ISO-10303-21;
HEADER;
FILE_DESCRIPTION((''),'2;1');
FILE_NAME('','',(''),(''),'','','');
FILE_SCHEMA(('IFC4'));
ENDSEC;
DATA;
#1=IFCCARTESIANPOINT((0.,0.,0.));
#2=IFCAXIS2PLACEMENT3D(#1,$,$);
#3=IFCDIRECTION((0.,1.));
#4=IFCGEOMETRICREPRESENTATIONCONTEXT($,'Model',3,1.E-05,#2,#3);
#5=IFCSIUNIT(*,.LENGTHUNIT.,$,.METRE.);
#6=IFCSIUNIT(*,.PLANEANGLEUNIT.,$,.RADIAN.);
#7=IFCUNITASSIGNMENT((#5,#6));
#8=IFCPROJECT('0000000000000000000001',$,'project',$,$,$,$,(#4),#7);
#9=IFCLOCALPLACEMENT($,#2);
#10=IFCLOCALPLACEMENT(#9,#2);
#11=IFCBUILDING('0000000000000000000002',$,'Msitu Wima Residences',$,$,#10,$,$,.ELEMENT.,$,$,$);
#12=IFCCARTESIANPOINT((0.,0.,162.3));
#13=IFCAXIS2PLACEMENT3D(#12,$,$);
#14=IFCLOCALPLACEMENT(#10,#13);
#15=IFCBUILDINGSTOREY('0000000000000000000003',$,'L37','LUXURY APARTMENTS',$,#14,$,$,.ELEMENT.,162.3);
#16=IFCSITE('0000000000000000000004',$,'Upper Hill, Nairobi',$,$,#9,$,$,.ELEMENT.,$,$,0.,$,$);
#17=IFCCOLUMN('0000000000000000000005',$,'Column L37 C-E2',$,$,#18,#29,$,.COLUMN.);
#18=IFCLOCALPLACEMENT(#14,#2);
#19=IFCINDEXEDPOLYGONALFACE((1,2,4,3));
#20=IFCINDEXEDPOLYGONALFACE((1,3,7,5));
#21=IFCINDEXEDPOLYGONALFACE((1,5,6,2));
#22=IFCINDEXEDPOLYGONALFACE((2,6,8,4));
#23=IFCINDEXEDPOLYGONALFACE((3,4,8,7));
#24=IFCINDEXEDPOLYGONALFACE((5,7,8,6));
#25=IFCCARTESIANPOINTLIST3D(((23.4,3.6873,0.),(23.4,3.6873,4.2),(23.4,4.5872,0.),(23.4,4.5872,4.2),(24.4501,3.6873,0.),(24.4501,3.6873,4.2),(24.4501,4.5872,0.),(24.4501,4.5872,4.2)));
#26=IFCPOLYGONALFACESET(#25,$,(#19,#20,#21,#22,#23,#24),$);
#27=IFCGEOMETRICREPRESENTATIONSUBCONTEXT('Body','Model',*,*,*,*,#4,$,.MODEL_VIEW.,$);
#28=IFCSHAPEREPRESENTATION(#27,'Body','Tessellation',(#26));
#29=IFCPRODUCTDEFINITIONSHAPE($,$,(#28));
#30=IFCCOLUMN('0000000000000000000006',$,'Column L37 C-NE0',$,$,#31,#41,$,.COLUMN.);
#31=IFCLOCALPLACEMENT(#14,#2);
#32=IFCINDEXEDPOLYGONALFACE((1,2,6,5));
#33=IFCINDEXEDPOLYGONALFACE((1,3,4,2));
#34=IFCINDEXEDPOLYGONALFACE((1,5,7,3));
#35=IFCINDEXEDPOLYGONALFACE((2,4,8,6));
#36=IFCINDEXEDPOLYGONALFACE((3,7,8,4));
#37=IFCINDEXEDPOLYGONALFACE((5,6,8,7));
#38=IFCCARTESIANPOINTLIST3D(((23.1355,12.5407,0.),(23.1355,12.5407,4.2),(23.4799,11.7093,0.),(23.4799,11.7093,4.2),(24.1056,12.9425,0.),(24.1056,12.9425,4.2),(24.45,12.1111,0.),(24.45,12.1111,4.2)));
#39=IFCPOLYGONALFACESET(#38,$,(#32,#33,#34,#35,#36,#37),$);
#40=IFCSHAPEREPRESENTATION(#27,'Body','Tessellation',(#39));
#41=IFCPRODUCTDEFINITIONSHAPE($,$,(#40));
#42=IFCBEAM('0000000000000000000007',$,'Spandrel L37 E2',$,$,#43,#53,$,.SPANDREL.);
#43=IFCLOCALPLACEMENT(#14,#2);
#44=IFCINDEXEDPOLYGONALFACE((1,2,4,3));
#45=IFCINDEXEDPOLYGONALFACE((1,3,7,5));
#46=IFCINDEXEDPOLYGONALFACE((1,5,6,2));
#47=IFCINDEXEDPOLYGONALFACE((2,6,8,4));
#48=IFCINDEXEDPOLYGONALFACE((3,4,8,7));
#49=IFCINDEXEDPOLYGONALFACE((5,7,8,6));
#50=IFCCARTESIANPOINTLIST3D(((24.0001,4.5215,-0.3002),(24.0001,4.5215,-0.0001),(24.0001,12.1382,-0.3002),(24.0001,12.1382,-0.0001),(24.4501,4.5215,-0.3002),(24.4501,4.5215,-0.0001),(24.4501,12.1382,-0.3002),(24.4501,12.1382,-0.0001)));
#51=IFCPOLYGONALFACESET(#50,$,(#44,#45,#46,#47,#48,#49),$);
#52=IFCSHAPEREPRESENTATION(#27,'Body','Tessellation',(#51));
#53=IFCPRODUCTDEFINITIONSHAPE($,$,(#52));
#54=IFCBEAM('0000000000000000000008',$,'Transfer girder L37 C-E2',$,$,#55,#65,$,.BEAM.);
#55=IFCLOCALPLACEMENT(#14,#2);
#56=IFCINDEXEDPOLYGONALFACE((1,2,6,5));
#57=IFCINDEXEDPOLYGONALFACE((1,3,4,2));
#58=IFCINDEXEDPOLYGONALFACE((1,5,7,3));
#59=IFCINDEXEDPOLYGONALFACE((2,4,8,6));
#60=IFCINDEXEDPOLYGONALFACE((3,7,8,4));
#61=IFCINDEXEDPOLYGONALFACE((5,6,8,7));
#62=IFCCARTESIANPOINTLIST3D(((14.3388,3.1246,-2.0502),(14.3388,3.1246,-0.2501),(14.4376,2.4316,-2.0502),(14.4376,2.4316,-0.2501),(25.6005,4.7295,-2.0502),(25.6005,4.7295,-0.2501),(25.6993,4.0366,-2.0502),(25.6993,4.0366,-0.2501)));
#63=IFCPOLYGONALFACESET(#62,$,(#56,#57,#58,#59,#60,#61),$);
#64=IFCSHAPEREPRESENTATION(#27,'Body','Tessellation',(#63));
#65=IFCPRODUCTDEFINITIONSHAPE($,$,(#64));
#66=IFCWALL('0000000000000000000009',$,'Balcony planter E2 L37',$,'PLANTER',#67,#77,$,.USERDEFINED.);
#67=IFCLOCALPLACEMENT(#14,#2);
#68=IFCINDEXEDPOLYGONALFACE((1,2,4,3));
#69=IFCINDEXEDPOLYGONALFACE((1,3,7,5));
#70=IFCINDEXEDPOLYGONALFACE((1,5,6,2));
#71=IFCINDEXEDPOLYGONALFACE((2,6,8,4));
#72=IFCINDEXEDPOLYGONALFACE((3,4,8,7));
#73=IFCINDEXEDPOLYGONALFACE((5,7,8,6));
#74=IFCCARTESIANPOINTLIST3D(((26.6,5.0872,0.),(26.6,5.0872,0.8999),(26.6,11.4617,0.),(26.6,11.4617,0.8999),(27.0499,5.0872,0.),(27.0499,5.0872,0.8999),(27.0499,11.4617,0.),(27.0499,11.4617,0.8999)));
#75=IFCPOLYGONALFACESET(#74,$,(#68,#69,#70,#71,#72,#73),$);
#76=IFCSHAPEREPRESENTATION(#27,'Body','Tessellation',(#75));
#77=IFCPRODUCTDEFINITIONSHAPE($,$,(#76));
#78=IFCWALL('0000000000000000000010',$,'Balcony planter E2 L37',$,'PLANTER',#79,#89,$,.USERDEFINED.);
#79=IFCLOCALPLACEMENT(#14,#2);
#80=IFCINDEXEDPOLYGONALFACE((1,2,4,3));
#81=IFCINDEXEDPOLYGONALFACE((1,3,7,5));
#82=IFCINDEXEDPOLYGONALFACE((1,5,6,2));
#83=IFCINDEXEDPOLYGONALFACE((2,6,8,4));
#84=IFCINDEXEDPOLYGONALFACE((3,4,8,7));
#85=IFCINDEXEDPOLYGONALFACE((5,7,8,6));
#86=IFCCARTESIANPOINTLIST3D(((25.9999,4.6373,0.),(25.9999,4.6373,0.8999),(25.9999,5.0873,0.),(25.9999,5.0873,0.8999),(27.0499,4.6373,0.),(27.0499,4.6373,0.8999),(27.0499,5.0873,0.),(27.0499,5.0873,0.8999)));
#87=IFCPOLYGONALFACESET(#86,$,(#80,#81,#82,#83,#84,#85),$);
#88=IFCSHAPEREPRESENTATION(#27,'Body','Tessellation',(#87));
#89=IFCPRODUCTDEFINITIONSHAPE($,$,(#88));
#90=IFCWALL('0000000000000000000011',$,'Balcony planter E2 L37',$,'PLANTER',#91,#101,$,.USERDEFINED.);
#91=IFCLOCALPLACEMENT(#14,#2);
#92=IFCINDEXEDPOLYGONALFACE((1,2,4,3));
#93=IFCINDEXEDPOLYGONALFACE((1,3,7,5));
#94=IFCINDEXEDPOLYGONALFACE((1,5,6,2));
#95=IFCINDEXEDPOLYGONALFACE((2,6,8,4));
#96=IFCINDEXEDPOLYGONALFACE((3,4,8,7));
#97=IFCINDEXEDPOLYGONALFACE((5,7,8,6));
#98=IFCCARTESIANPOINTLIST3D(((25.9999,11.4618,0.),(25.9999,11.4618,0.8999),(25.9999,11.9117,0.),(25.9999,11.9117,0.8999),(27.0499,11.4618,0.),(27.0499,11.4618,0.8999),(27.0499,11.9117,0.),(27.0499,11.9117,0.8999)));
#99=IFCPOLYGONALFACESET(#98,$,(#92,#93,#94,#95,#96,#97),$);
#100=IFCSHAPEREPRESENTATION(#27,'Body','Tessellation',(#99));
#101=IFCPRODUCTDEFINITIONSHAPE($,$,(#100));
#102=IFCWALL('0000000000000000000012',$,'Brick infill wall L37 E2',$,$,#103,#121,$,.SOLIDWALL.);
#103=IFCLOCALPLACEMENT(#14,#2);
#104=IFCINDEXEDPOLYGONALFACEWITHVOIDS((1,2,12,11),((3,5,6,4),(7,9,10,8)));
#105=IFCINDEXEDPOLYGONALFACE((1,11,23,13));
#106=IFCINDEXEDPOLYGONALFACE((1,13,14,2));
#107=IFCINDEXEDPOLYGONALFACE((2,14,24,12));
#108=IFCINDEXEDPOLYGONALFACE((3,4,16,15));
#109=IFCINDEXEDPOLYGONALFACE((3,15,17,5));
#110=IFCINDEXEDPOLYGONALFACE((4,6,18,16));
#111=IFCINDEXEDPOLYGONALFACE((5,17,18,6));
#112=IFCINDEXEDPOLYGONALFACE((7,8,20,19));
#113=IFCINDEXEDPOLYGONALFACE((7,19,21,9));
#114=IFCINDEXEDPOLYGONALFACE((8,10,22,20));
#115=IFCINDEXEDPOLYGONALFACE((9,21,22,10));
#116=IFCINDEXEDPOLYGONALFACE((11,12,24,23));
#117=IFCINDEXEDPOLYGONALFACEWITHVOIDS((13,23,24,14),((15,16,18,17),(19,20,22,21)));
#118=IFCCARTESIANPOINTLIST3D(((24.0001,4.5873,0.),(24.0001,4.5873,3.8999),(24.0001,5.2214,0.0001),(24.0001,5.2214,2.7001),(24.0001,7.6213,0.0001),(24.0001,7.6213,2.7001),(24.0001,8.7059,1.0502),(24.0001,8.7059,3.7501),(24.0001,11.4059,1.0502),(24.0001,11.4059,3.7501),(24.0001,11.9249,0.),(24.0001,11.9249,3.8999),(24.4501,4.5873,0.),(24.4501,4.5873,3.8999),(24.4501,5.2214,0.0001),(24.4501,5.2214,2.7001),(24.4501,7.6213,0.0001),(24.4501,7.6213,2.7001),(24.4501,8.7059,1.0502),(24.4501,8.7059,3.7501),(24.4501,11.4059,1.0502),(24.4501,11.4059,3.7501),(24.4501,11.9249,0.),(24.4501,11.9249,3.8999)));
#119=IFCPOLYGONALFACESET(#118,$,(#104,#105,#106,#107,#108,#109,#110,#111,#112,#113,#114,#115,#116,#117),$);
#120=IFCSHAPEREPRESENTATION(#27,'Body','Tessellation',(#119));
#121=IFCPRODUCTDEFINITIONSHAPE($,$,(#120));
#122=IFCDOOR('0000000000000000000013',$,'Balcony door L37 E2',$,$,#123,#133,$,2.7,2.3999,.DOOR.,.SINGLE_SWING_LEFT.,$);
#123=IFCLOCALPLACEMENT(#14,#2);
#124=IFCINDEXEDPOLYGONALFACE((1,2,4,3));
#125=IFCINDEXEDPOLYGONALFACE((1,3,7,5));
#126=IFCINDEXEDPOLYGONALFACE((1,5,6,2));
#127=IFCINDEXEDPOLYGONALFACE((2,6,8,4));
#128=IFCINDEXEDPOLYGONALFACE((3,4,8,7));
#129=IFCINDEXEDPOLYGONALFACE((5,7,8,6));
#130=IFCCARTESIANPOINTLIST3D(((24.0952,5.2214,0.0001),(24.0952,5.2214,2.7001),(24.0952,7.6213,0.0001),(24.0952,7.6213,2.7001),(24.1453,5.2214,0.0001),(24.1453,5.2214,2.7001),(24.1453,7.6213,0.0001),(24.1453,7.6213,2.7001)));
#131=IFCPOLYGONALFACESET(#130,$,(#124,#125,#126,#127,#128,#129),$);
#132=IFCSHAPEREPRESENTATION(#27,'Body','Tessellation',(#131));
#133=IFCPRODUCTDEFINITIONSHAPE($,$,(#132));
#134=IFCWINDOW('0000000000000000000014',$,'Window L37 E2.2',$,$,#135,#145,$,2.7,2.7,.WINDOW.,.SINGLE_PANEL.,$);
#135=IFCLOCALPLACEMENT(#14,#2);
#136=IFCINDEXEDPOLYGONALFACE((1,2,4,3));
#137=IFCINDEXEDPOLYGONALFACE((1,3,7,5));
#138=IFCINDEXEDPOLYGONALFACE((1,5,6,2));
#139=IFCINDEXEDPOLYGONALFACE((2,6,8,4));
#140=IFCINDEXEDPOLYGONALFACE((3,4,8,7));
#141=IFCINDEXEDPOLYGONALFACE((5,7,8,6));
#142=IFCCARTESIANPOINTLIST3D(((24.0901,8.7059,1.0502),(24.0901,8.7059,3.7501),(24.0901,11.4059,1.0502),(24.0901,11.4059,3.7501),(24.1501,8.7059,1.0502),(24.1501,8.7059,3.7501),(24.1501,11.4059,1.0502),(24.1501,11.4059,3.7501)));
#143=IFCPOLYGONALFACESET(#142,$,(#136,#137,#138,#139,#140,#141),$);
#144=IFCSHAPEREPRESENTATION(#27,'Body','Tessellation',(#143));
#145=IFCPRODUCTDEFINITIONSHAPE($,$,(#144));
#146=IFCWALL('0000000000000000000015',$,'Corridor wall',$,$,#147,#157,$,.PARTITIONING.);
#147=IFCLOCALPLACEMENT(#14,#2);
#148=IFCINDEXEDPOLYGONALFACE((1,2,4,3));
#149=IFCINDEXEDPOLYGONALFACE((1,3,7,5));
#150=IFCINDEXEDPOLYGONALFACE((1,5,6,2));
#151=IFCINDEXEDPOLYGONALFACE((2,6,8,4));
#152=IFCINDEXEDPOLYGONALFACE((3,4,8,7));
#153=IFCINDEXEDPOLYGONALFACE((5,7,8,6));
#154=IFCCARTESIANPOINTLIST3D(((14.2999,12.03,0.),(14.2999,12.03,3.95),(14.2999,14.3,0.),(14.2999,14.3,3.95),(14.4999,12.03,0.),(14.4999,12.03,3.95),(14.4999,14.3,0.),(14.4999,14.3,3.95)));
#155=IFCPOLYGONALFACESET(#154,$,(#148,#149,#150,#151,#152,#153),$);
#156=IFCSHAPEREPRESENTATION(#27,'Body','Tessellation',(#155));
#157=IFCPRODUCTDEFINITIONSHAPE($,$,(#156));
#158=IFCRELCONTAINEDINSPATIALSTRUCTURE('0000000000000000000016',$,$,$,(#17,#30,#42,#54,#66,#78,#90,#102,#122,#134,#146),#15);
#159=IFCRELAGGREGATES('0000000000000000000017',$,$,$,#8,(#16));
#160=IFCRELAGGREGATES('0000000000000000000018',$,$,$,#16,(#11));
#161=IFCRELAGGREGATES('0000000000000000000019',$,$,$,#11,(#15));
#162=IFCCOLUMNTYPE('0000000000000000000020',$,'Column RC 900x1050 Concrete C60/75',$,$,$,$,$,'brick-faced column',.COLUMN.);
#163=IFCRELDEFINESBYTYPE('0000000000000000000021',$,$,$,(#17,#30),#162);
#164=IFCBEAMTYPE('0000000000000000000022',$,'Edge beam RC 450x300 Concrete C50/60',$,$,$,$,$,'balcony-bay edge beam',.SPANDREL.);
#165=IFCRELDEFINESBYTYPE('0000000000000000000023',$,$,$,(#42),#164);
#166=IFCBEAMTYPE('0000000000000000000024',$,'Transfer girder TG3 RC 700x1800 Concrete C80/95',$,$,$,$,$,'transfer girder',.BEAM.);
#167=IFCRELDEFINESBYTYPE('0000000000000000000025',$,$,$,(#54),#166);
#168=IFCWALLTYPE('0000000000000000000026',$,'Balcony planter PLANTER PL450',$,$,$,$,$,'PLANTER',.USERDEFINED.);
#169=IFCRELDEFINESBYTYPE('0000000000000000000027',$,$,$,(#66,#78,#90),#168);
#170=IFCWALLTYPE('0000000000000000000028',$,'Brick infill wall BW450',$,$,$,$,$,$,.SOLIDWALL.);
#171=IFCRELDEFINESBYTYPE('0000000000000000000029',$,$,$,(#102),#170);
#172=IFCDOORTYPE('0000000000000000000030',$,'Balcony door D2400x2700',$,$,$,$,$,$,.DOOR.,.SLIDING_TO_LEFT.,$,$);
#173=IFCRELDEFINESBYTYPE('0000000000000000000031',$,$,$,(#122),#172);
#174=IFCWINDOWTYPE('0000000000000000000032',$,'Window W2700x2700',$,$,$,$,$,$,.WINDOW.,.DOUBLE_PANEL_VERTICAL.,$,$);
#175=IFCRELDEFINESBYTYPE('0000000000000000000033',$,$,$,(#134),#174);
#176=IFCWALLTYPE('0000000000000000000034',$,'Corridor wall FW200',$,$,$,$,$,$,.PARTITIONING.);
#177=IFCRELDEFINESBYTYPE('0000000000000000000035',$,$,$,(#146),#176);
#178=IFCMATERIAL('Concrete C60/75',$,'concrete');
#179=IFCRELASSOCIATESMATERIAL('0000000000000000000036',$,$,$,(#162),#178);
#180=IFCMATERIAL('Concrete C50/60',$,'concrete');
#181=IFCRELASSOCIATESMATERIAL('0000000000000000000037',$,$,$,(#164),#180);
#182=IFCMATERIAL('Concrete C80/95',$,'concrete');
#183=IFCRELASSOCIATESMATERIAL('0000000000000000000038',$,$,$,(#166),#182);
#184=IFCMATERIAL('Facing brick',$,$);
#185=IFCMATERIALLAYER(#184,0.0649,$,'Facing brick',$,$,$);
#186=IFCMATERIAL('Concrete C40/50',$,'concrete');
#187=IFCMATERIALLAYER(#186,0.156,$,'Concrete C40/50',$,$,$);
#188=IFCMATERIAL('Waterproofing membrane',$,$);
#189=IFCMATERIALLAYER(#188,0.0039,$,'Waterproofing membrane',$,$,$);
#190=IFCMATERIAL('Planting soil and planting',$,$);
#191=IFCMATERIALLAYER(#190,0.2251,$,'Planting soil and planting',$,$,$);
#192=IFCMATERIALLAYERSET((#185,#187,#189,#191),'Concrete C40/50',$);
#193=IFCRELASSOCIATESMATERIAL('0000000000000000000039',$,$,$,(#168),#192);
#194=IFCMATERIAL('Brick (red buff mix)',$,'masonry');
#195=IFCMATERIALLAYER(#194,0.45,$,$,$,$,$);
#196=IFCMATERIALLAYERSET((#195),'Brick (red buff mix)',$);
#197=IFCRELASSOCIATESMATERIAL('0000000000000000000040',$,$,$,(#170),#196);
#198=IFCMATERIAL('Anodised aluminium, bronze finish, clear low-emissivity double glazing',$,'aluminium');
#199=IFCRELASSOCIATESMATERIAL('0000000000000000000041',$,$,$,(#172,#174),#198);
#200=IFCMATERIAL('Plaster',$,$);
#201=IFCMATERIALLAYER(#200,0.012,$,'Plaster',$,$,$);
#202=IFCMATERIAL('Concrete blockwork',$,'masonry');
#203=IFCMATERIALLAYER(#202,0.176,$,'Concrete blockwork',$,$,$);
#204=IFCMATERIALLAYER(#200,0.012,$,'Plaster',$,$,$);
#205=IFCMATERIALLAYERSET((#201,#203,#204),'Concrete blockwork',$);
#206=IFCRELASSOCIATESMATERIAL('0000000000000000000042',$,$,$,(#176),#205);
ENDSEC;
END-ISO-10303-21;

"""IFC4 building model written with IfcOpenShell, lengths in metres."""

from ifc_helpers import new_model, si_unit, direction, frame, frame_2d, origin, origin_2d, place, context, subcontext, project, spatial, rectangle, extrude, material, layer, layer_set, material_profile, profile_set, type_object, element, fill, save


model = new_model("IFC4")

# Units and contexts
model_context = context("Model", 3, precision=1e-05, world=origin(), true_north=direction((0.0, 1.0)))
body_context = subcontext(model_context, "Body", "Model", "MODEL_VIEW")
ifc_project = project(units=[si_unit("LENGTHUNIT", "METRE"), si_unit("PLANEANGLEUNIT", "RADIAN")], contexts=[model_context])

# Site, building, storey
site_placement = place(None, origin())
site = spatial("IfcSite", under=ifc_project, at=site_placement, Name="Upper Hill, Nairobi", CompositionType="ELEMENT", RefElevation=0.0)
building_placement = place(site_placement, origin())
building = spatial("IfcBuilding", under=site, at=building_placement, Name="Msitu Wima Residences", CompositionType="ELEMENT")
storey_placement = place(building_placement, frame((0.0, 0.0, 162.3)))
storey = spatial("IfcBuildingStorey", under=building, at=storey_placement, Name="L37", Description="LUXURY APARTMENTS", CompositionType="ELEMENT", Elevation=162.3)

# Columns
ifc_material_1 = material(Name="Concrete C60/75", Category="concrete")
ifc_material_profile_1 = material_profile(ifc_material_1, rectangle(XDim=0.8999, YDim=1.05, at=origin_2d()), Name="RC 900x1050")
ifc_profile_set_1 = profile_set([ifc_material_profile_1], Name="Concrete C60/75")
column_type = type_object("IfcColumnType", Name="Column RC 900x1050 Concrete C60/75", ElementType="brick-faced column", PredefinedType="COLUMN", material=ifc_profile_set_1)
for number, where, z_axis, x_axis, name in (
    (1, (23.925, 4.1372, 0.0), (0.0, 0.0, 1.0), (0.0, 1.0, 0.0), "Column L37 C-E2"),
    (2, (23.7927, 12.3259, 0.0), (0.0, 0.0, 1.0), (-0.382683, 0.92388, 0.0), "Column L37 C-NE0"),
):
    element("IfcColumn", number, at=place(storey_placement, frame(where, z_axis=z_axis, x_axis=x_axis)), inside=storey, type_object=column_type, Name=name, PredefinedType="COLUMN", context=body_context, shape_type="SweptSolid", body=[
        extrude(rectangle(XDim=0.8999, YDim=1.05, at=origin_2d()), origin(), (0.0, 0.0, 1.0), 4.2),
    ])

# Beams
ifc_material_2 = material(Name="Concrete C50/60", Category="concrete")
ifc_material_profile_2 = material_profile(ifc_material_2, rectangle(XDim=0.45, YDim=0.3, at=origin_2d()), Name="RC 450x300")
ifc_profile_set_2 = profile_set([ifc_material_profile_2], Name="Concrete C50/60")
beam_type_1 = type_object("IfcBeamType", Name="Edge beam RC 450x300 Concrete C50/60", ElementType="balcony-bay edge beam", PredefinedType="SPANDREL", material=ifc_profile_set_2)
beam_1_placement = place(storey_placement, frame((24.2251, 4.5215, -0.1501), z_axis=(0.0, 1.0, 0.0), x_axis=(-1.0, 0.0, 0.0)))
element("IfcBeam", 3, at=beam_1_placement, inside=storey, type_object=beam_type_1, Name="Spandrel L37 E2", PredefinedType="SPANDREL", context=body_context, shape_type="SweptSolid", body=[
    extrude(rectangle(XDim=0.45, YDim=0.3, at=origin_2d()), origin(), (0.0, 0.0, 1.0), 7.6167),
])
ifc_material_3 = material(Name="Concrete C80/95", Category="concrete")
ifc_material_profile_3 = material_profile(ifc_material_3, rectangle(XDim=0.7, YDim=1.8, at=origin_2d()), Name="RC 700x1800")
ifc_profile_set_3 = profile_set([ifc_material_profile_3], Name="Concrete C80/95")
beam_type_2 = type_object("IfcBeamType", Name="Transfer girder TG3 RC 700x1800 Concrete C80/95", ElementType="transfer girder", PredefinedType="BEAM", material=ifc_profile_set_3)
beam_2_placement = place(storey_placement, frame((25.6499, 4.3831, -1.1501), z_axis=(-0.989997, -0.141091, 0.0), x_axis=(0.141091, -0.989997, 0.0)))
element("IfcBeam", 4, at=beam_2_placement, inside=storey, type_object=beam_type_2, Name="Transfer girder L37 C-E2", PredefinedType="BEAM", context=body_context, shape_type="SweptSolid", body=[
    extrude(rectangle(XDim=0.7, YDim=1.8, at=origin_2d()), origin(), (0.0, 0.0, 1.0), 11.3755),
])

# Walls
ifc_material_4 = material(Name="Facing brick")
ifc_layer_1 = layer(ifc_material_4, 0.0649, Name="Facing brick")
ifc_material_5 = material(Name="Concrete C40/50", Category="concrete")
ifc_layer_2 = layer(ifc_material_5, 0.156, Name="Concrete C40/50")
ifc_material_6 = material(Name="Waterproofing membrane")
ifc_layer_3 = layer(ifc_material_6, 0.0039, Name="Waterproofing membrane")
ifc_material_7 = material(Name="Planting soil and planting")
ifc_layer_4 = layer(ifc_material_7, 0.2251, Name="Planting soil and planting")
ifc_layer_set_1 = layer_set([ifc_layer_1, ifc_layer_2, ifc_layer_3, ifc_layer_4], Name="Concrete C40/50")
wall_type_1 = type_object("IfcWallType", Name="Balcony planter PLANTER PL450", ElementType="PLANTER", PredefinedType="USERDEFINED", material=ifc_layer_set_1)
wall_1_placement = place(storey_placement, frame((26.825, 5.0872, 0.0), z_axis=(0.0, 0.0, 1.0), x_axis=(0.0, 1.0, 0.0)))
element("IfcWall", 5, at=wall_1_placement, inside=storey, type_object=wall_type_1, Name="Balcony planter E2 L37", ObjectType="PLANTER", PredefinedType="USERDEFINED", context=body_context, shape_type="SweptSolid", body=[
    extrude(rectangle(XDim=6.3745, YDim=0.45, at=frame_2d((3.1873, 0.0))), origin(), (0.0, 0.0, 1.0), 0.8999),
])
for number, where, z_axis, x_axis, name in (
    (6, (26.0, 4.8623, 0.0), (0.0, 0.0, 1.0), (1.0, 0.0, 0.0), "Balcony planter E2 L37"),
    (7, (26.0, 11.6868, 0.0), (0.0, 0.0, 1.0), (1.0, 0.0, 0.0), "Balcony planter E2 L37"),
):
    element("IfcWall", number, at=place(storey_placement, frame(where, z_axis=z_axis, x_axis=x_axis)), inside=storey, type_object=wall_type_1, Name=name, ObjectType="PLANTER", PredefinedType="USERDEFINED", context=body_context, shape_type="SweptSolid", body=[
        extrude(rectangle(XDim=1.05, YDim=0.45, at=frame_2d((0.5249, 0.0))), origin(), (0.0, 0.0, 1.0), 0.8999),
    ])

# Wall, openings, door, window
ifc_material_8 = material(Name="Brick (red buff mix)", Category="masonry")
ifc_layer_5 = layer(ifc_material_8, 0.45)
ifc_layer_set_2 = layer_set([ifc_layer_5], Name="Brick (red buff mix)")
wall_type_2 = type_object("IfcWallType", Name="Brick infill wall BW450", PredefinedType="SOLIDWALL", material=ifc_layer_set_2)
wall_2_placement = place(storey_placement, frame((24.2251, 4.5872, 0.0), z_axis=(0.0, 0.0, 1.0), x_axis=(0.0, 1.0, 0.0)))
wall_2 = element("IfcWall", 8, at=wall_2_placement, inside=storey, type_object=wall_type_2, Name="Brick infill wall L37 E2", PredefinedType="SOLIDWALL", context=body_context, shape_type="SweptSolid", body=[
    extrude(rectangle(XDim=7.3376, YDim=0.45, at=frame_2d((3.6689, 0.0))), origin(), (0.0, 0.0, 1.0), 3.8999),
])
opening_1_placement = place(wall_2_placement, frame((0.6343, 0.0, 0.0)))
opening_1 = element("IfcOpeningElement", 9, at=opening_1_placement, cuts=wall_2, PredefinedType="OPENING", context=body_context, shape_type="SweptSolid", body=[
    extrude(rectangle(XDim=2.3999, YDim=2.7, at=frame_2d((1.2, 1.3501))), frame((0.0, 0.2349, 0.0), z_axis=(0.0, -1.0, 0.0), x_axis=(1.0, 0.0, 0.0)), (0.0, 0.0, 1.0), 0.47),
])
opening_2_placement = place(wall_2_placement, frame((4.1187, 0.0, 1.05)))
opening_2 = element("IfcOpeningElement", 10, at=opening_2_placement, cuts=wall_2, PredefinedType="OPENING", context=body_context, shape_type="SweptSolid", body=[
    extrude(rectangle(XDim=2.7, YDim=2.7, at=frame_2d((1.3501, 1.3501))), frame((0.0, 0.2349, 0.0), z_axis=(0.0, -1.0, 0.0), x_axis=(1.0, 0.0, 0.0)), (0.0, 0.0, 1.0), 0.47),
])
ifc_material_9 = material(Name="Anodised aluminium, bronze finish, clear low-emissivity double glazing", Category="aluminium")
door_type_1 = type_object("IfcDoorType", Name="Balcony door D2400x2700", OperationType="SLIDING_TO_LEFT", PredefinedType="DOOR", material=ifc_material_9)
door_1_placement = place(opening_1_placement, origin())
door_1 = element("IfcDoor", 11, at=door_1_placement, inside=storey, type_object=door_type_1, Name="Balcony door L37 E2", OperationType="SINGLE_SWING_LEFT", OverallHeight=2.7, OverallWidth=2.3999, PredefinedType="DOOR", context=body_context, shape_type="SweptSolid", body=[
    extrude(rectangle(XDim=2.3999, YDim=2.7, at=frame_2d((1.2, 1.3501))), frame((0.0, 0.1299, 0.0), z_axis=(0.0, -1.0, 0.0), x_axis=(1.0, 0.0, 0.0)), (0.0, 0.0, 1.0), 0.05),
])
fill(opening_1, door_1)
window_type = type_object("IfcWindowType", Name="Window W2700x2700", PartitioningType="DOUBLE_PANEL_VERTICAL", PredefinedType="WINDOW", material=ifc_material_9)
window_placement = place(opening_2_placement, origin())
window = element("IfcWindow", 12, at=window_placement, inside=storey, type_object=window_type, Name="Window L37 E2.2", OverallHeight=2.7, OverallWidth=2.7, PartitioningType="SINGLE_PANEL", PredefinedType="WINDOW", context=body_context, shape_type="SweptSolid", body=[
    extrude(rectangle(XDim=2.7, YDim=2.7, at=frame_2d((1.3501, 1.3501))), frame((0.0, 0.135, 0.0), z_axis=(0.0, -1.0, 0.0), x_axis=(1.0, 0.0, 0.0)), (0.0, 0.0, 1.0), 0.0601),
])
fill(opening_2, window)

# Wall
ifc_material_10 = material(Name="Plaster")
ifc_layer_6 = layer(ifc_material_10, 0.012, Name="Plaster")
ifc_material_11 = material(Name="Concrete blockwork", Category="masonry")
ifc_layer_7 = layer(ifc_material_11, 0.176, Name="Concrete blockwork")
ifc_layer_8 = layer(ifc_material_10, 0.012, Name="Plaster")
ifc_layer_set_3 = layer_set([ifc_layer_6, ifc_layer_7, ifc_layer_8], Name="Concrete blockwork")
wall_type_3 = type_object("IfcWallType", Name="Corridor wall FW200", PredefinedType="PARTITIONING", material=ifc_layer_set_3)
wall_3_placement = place(storey_placement, frame((14.3999, 12.03, 0.0), z_axis=(0.0, 0.0, 1.0), x_axis=(0.0, 1.0, 0.0)))
element("IfcWall", 13, at=wall_3_placement, inside=storey, type_object=wall_type_3, Name="Corridor wall", PredefinedType="PARTITIONING", context=body_context, shape_type="SweptSolid", body=[
    extrude(rectangle(XDim=2.27, YDim=0.2, at=frame_2d((1.135, 0.0))), origin(), (0.0, 0.0, 1.0), 3.95),
])

save(model, "model.ifc")
